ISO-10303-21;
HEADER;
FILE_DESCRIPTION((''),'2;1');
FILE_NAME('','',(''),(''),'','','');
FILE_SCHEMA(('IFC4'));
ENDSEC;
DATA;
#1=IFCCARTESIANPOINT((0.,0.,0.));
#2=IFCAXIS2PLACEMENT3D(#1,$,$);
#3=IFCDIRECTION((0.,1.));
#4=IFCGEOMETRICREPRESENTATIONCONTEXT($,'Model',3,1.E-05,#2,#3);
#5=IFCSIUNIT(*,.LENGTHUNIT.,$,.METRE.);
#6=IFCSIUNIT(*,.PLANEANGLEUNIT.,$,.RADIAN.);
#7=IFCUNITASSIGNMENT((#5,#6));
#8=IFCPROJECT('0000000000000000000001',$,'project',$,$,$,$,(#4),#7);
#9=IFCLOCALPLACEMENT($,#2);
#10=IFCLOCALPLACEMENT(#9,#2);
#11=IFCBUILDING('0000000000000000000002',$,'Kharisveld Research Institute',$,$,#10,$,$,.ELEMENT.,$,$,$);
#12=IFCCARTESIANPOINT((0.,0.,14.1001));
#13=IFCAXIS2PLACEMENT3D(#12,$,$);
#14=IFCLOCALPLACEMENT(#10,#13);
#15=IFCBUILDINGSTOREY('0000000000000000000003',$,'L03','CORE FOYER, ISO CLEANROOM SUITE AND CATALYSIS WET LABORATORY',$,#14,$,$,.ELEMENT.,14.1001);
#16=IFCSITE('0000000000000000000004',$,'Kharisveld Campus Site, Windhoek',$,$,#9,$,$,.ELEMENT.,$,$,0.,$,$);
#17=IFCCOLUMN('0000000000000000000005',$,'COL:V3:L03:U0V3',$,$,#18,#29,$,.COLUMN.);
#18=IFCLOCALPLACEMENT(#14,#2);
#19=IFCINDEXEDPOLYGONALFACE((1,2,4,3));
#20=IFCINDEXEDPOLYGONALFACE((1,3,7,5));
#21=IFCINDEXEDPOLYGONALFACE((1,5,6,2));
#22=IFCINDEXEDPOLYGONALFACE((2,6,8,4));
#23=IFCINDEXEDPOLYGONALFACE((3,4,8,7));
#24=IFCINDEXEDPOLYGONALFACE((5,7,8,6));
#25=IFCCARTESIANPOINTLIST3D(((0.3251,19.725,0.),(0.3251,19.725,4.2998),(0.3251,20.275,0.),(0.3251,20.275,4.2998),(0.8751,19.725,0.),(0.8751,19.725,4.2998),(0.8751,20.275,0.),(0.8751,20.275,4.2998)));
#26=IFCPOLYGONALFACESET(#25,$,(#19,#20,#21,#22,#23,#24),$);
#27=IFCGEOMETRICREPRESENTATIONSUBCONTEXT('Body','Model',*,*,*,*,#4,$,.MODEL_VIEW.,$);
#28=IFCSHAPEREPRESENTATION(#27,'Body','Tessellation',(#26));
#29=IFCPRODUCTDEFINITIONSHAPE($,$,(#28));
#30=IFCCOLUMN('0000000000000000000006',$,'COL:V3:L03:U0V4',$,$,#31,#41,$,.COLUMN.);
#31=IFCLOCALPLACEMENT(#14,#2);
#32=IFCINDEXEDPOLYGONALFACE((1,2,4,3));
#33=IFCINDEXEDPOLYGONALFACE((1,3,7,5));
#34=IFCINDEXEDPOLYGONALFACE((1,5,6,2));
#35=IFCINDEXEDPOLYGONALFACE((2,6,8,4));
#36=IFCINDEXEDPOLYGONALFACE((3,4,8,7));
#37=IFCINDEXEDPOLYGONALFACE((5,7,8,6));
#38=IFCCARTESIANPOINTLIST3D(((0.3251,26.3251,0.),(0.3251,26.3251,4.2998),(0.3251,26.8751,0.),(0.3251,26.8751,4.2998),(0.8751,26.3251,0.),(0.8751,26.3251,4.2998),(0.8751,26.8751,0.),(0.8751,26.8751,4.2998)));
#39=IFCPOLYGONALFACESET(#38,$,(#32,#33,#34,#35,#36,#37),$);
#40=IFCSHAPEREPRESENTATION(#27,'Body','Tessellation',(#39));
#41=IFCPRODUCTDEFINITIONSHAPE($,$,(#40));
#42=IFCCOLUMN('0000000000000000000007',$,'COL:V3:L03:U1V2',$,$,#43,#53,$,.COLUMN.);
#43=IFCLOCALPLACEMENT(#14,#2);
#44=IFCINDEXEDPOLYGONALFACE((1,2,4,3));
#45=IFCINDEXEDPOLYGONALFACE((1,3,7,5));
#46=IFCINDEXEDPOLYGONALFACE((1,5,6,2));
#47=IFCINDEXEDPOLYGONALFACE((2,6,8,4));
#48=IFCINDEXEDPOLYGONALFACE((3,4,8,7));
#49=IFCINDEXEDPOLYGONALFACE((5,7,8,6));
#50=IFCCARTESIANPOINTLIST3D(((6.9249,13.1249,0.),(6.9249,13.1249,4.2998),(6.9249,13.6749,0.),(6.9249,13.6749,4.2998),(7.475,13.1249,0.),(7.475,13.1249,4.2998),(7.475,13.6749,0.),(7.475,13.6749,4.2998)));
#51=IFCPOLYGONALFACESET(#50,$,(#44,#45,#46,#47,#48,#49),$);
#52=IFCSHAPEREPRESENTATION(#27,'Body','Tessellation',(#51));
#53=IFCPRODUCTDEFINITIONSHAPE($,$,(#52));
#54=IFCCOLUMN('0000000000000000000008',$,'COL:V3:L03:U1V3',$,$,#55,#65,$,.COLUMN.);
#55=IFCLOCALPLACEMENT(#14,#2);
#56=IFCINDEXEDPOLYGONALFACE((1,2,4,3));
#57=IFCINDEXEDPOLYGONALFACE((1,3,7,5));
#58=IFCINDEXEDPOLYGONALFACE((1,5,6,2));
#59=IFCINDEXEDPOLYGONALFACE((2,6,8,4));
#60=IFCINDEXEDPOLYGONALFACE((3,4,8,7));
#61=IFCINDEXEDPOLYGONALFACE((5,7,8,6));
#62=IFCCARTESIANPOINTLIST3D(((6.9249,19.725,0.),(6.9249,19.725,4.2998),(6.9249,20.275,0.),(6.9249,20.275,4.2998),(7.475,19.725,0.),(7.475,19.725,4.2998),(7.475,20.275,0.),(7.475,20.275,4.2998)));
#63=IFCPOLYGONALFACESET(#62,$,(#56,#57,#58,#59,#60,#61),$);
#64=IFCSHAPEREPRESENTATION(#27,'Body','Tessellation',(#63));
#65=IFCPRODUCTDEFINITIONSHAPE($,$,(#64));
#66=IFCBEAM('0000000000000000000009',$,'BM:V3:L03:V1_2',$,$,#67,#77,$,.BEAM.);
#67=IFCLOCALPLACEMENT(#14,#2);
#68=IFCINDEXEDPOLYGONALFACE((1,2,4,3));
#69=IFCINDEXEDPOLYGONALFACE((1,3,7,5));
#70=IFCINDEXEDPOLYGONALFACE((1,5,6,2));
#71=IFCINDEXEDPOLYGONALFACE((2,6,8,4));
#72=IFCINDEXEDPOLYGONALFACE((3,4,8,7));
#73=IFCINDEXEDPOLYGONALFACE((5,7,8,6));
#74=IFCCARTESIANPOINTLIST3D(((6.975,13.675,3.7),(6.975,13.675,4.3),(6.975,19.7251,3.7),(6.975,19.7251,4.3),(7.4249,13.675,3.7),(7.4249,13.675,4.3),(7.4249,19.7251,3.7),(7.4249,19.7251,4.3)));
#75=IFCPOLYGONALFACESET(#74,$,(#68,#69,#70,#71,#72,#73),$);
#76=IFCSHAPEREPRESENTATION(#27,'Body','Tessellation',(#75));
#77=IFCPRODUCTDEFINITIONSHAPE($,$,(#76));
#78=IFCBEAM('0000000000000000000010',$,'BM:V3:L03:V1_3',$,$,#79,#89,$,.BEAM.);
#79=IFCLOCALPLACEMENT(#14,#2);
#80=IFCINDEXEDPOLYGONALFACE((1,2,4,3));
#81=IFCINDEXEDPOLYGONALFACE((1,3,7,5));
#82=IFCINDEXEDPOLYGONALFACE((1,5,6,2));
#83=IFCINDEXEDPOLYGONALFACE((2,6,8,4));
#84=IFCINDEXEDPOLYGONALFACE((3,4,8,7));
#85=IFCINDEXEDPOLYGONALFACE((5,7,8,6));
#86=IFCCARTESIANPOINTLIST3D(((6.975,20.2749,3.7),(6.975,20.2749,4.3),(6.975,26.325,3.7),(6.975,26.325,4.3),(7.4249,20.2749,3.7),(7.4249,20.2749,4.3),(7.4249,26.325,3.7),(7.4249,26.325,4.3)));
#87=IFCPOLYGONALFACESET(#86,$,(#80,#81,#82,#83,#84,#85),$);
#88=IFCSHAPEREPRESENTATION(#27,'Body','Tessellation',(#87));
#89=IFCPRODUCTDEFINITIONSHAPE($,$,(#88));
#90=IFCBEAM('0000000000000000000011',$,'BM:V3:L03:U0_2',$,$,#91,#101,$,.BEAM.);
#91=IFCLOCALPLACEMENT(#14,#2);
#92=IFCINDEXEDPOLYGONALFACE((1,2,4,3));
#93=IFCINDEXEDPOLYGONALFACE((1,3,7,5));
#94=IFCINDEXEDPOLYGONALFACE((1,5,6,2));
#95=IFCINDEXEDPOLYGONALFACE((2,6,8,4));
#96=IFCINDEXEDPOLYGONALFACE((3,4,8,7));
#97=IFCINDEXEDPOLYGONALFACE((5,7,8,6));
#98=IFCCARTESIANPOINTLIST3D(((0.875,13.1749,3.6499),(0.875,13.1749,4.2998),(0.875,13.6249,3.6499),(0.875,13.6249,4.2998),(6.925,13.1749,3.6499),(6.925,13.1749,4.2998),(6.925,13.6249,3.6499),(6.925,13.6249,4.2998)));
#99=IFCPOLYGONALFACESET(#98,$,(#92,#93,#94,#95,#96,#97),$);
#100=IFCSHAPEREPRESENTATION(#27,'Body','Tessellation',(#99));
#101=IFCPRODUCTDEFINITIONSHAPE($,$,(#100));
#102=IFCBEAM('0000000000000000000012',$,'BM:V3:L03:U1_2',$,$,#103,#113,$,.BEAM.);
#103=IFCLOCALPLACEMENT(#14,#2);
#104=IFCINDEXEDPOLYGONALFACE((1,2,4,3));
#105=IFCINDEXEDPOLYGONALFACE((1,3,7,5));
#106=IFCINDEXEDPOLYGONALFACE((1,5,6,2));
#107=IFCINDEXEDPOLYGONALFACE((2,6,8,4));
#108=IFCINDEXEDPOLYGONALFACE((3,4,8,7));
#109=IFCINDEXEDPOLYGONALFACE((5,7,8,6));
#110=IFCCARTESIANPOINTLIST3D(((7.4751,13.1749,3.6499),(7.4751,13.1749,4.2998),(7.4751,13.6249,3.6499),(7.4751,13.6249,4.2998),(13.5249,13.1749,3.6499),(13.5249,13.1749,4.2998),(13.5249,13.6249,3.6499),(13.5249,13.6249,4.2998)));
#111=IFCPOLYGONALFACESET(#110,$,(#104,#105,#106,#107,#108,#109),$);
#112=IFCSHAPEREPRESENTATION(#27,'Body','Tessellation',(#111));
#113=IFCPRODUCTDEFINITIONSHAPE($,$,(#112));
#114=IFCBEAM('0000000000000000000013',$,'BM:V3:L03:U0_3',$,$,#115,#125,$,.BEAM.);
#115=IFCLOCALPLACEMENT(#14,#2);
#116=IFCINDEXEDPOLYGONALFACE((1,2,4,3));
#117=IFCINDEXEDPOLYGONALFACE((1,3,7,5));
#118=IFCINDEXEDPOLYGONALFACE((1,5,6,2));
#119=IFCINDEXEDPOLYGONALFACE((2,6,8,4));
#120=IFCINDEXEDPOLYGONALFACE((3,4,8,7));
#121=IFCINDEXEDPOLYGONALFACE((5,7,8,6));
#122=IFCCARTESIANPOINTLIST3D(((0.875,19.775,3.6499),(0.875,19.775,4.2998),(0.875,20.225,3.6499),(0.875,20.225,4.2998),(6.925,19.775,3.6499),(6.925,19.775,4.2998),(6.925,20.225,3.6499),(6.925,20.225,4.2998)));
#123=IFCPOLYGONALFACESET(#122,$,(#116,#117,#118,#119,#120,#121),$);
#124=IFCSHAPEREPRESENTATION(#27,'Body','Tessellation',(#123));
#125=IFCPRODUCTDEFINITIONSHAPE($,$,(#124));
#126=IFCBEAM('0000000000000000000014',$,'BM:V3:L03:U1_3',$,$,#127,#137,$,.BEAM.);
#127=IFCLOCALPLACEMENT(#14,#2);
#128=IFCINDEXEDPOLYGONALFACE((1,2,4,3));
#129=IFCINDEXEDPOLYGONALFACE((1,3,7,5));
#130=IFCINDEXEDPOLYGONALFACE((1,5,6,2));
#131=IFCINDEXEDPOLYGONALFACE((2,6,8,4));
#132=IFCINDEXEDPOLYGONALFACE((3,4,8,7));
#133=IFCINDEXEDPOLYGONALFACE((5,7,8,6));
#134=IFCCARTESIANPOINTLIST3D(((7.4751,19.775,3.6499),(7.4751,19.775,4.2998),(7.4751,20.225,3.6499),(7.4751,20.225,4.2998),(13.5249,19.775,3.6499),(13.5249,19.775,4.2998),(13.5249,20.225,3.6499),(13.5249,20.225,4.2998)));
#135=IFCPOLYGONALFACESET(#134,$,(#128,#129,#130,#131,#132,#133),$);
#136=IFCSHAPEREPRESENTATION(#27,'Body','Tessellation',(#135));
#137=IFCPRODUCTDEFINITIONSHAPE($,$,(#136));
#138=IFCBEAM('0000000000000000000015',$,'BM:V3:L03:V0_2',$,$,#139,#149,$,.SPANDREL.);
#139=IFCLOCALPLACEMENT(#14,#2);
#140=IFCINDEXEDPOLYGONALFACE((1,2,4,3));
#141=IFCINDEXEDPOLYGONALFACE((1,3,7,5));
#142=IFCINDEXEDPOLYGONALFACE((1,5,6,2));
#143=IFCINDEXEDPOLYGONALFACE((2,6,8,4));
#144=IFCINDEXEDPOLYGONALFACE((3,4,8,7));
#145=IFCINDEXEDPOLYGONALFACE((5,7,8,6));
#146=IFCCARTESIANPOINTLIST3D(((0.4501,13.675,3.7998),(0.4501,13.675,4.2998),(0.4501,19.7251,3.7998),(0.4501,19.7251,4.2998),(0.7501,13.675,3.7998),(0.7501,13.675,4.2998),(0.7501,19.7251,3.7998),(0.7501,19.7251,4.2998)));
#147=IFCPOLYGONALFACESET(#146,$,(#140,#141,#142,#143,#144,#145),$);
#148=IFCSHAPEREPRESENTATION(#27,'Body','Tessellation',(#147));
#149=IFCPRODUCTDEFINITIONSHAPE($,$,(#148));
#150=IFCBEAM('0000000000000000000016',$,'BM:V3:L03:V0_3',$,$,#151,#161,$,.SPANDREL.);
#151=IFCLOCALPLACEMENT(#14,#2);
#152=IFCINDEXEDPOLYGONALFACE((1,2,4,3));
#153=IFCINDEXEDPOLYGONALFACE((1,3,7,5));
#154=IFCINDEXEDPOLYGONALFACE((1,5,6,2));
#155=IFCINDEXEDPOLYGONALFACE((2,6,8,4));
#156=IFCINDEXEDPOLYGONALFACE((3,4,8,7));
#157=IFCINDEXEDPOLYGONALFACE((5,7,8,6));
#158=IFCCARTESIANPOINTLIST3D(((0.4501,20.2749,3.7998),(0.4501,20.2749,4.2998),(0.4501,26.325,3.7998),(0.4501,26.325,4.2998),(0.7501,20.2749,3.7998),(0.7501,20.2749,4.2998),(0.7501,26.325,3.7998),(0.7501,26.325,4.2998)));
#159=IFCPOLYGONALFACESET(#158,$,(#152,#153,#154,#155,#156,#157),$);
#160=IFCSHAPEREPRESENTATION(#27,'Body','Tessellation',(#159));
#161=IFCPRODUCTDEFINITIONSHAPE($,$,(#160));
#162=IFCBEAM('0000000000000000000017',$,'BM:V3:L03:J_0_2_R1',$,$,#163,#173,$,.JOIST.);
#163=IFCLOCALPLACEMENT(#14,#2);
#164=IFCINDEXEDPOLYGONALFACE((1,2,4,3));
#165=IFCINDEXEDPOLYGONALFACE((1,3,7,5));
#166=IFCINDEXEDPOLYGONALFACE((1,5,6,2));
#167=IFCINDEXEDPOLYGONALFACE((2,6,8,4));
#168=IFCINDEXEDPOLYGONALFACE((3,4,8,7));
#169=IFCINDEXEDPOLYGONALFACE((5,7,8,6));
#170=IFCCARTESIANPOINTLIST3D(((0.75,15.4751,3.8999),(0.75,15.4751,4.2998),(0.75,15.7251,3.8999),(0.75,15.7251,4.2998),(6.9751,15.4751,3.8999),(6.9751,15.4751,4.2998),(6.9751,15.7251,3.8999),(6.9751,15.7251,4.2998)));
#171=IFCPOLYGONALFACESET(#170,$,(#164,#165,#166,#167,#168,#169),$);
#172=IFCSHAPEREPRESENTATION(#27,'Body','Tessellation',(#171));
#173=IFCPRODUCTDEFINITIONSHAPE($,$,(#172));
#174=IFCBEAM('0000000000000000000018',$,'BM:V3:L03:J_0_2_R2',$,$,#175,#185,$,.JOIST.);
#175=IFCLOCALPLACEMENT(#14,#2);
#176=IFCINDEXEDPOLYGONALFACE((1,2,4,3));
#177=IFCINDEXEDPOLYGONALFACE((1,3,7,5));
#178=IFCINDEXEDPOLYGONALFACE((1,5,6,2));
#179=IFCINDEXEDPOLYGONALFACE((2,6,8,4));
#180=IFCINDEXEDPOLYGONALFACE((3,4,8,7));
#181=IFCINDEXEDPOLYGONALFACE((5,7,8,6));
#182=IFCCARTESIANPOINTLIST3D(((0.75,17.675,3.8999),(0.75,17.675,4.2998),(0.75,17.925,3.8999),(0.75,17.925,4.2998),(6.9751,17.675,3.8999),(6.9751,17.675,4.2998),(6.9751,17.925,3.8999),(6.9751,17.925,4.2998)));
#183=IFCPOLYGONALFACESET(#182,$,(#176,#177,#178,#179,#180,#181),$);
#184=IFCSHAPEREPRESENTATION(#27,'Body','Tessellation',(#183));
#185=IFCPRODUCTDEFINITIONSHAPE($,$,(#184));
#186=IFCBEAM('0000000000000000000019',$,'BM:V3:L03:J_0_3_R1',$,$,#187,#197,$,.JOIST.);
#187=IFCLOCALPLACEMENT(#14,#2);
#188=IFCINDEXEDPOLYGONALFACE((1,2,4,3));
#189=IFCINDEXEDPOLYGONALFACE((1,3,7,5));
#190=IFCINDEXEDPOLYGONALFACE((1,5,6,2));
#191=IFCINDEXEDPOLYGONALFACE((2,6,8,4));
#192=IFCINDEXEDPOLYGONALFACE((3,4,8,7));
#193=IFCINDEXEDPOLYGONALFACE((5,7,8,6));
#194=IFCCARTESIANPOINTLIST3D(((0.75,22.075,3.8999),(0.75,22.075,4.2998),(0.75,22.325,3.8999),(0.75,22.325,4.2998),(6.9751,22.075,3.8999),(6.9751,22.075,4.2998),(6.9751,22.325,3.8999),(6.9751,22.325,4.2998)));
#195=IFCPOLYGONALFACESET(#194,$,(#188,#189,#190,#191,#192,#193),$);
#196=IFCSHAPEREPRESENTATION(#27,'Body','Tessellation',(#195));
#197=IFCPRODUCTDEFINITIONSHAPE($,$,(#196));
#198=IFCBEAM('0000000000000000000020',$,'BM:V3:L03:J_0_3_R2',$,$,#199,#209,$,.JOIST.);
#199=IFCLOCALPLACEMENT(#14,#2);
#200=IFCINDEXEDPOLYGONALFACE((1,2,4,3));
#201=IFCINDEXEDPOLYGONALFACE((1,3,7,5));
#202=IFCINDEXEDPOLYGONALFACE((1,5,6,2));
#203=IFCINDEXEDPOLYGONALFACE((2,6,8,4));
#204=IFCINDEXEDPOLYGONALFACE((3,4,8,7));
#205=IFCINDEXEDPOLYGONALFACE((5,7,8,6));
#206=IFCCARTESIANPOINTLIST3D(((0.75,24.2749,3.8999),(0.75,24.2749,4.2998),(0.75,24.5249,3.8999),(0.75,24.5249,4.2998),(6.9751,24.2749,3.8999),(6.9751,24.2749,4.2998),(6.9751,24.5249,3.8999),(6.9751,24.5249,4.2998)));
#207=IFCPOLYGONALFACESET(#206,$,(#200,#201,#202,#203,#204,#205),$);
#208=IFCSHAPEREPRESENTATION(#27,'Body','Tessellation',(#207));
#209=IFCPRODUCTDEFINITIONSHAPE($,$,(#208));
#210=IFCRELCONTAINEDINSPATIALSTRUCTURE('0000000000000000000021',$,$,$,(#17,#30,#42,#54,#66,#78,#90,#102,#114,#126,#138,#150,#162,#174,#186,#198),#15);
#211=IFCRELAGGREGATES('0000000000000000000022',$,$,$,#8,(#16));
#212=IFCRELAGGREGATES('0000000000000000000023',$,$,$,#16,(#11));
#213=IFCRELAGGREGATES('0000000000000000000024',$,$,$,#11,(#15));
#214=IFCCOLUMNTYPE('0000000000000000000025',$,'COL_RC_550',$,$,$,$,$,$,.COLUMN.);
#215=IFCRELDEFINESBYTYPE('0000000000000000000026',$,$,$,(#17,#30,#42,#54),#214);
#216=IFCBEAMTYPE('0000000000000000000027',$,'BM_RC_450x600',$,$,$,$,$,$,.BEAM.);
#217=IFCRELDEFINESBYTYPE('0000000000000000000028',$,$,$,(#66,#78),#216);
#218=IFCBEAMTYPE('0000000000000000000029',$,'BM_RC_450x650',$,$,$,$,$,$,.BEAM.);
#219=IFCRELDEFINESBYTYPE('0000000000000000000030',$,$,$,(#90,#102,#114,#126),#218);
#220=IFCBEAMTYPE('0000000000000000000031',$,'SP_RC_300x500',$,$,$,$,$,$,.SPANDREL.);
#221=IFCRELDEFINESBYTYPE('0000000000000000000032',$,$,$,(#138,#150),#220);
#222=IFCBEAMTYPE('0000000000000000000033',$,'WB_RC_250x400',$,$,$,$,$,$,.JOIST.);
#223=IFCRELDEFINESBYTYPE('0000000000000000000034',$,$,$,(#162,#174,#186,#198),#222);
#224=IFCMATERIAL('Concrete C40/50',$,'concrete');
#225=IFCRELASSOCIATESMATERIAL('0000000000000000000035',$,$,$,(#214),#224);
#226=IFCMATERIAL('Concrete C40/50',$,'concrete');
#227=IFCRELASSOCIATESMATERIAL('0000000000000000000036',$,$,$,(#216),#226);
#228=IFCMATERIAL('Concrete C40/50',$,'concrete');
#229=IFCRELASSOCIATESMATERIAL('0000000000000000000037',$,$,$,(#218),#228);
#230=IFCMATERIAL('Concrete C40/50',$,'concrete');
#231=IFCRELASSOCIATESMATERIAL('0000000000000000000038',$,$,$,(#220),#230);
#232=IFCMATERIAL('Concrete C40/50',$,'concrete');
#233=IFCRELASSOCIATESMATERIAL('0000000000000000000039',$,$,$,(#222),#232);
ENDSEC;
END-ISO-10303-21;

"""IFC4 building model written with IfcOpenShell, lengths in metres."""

from ifc_helpers import new_model, si_unit, direction, frame, origin, origin_2d, place, context, subcontext, project, spatial, rectangle, extrude, material, material_profile, profile_set, type_object, element, save


model = new_model("IFC4")

# Units and contexts
model_context = context("Model", 3, precision=1e-05, world=origin(), true_north=direction((0.0, 1.0)))
body_context = subcontext(model_context, "Body", "Model", "MODEL_VIEW")
ifc_project = project(units=[si_unit("LENGTHUNIT", "METRE"), si_unit("PLANEANGLEUNIT", "RADIAN")], contexts=[model_context])

# Site, building, storey
site_placement = place(None, origin())
site = spatial("IfcSite", under=ifc_project, at=site_placement, Name="Kharisveld Campus Site, Windhoek", CompositionType="ELEMENT", RefElevation=0.0)
building_placement = place(site_placement, origin())
building = spatial("IfcBuilding", under=site, at=building_placement, Name="Kharisveld Research Institute", CompositionType="ELEMENT")
storey_placement = place(building_placement, frame((0.0, 0.0, 14.1001)))
storey = spatial("IfcBuildingStorey", under=building, at=storey_placement, Name="L03", Description="CORE FOYER, ISO CLEANROOM SUITE AND CATALYSIS WET LABORATORY", CompositionType="ELEMENT", Elevation=14.1001)

# Columns
ifc_material_1 = material(Name="Concrete C40/50", Category="concrete")
ifc_material_profile_1 = material_profile(ifc_material_1, rectangle(XDim=0.55, YDim=0.55, at=origin_2d()))
ifc_profile_set_1 = profile_set([ifc_material_profile_1], Name="Concrete C40/50")
column_type = type_object("IfcColumnType", Name="COL_RC_550", PredefinedType="COLUMN", material=ifc_profile_set_1)
for number, where, z_axis, x_axis, name in (
    (1, (0.6001, 20.0, 0.0), (0.0, 0.0, 1.0), (1.0, 0.0, 0.0), "COL:V3:L03:U0V3"),
    (2, (0.6001, 26.6001, 0.0), (0.0, 0.0, 1.0), (1.0, 0.0, 0.0), "COL:V3:L03:U0V4"),
    (3, (7.2, 13.3999, 0.0), (0.0, 0.0, 1.0), (1.0, 0.0, 0.0), "COL:V3:L03:U1V2"),
    (4, (7.2, 20.0, 0.0), (0.0, 0.0, 1.0), (1.0, 0.0, 0.0), "COL:V3:L03:U1V3"),
):
    element("IfcColumn", number, at=place(storey_placement, frame(where, z_axis=z_axis, x_axis=x_axis)), inside=storey, type_object=column_type, Name=name, PredefinedType="COLUMN", context=body_context, shape_type="SweptSolid", body=[
        extrude(rectangle(XDim=0.55, YDim=0.55, at=origin_2d()), origin(), (0.0, 0.0, 1.0), 4.2998),
    ])

# Beams
ifc_material_2 = material(Name="Concrete C40/50", Category="concrete")
ifc_material_profile_2 = material_profile(ifc_material_2, rectangle(XDim=0.45, YDim=0.6001, at=origin_2d()))
ifc_profile_set_2 = profile_set([ifc_material_profile_2], Name="Concrete C40/50")
beam_type_1 = type_object("IfcBeamType", Name="BM_RC_450x600", PredefinedType="BEAM", material=ifc_profile_set_2)
for number, where, z_axis, x_axis, name in (
    (5, (7.2, 13.675, 4.0), (0.0, 1.0, 0.0), (-1.0, 0.0, 0.0), "BM:V3:L03:V1_2"),
    (6, (7.2, 20.2749, 4.0), (0.0, 1.0, 0.0), (-1.0, 0.0, 0.0), "BM:V3:L03:V1_3"),
):
    element("IfcBeam", number, at=place(storey_placement, frame(where, z_axis=z_axis, x_axis=x_axis)), inside=storey, type_object=beam_type_1, Name=name, PredefinedType="BEAM", context=body_context, shape_type="SweptSolid", body=[
        extrude(rectangle(XDim=0.45, YDim=0.6001, at=origin_2d()), origin(), (0.0, 0.0, 1.0), 6.05),
    ])
ifc_material_3 = material(Name="Concrete C40/50", Category="concrete")
ifc_material_profile_3 = material_profile(ifc_material_3, rectangle(XDim=0.45, YDim=0.6499, at=origin_2d()))
ifc_profile_set_3 = profile_set([ifc_material_profile_3], Name="Concrete C40/50")
beam_type_2 = type_object("IfcBeamType", Name="BM_RC_450x650", PredefinedType="BEAM", material=ifc_profile_set_3)
beam_1_placement = place(storey_placement, frame((0.875, 13.3999, 3.9749), z_axis=(1.0, 0.0, 0.0), x_axis=(0.0, 1.0, 0.0)))
element("IfcBeam", 7, at=beam_1_placement, inside=storey, type_object=beam_type_2, Name="BM:V3:L03:U0_2", PredefinedType="BEAM", context=body_context, shape_type="SweptSolid", body=[
    extrude(rectangle(XDim=0.45, YDim=0.6499, at=origin_2d()), origin(), (0.0, 0.0, 1.0), 6.05),
])
beam_2_placement = place(storey_placement, frame((7.4751, 13.3999, 3.9749), z_axis=(1.0, 0.0, 0.0), x_axis=(0.0, 1.0, 0.0)))
element("IfcBeam", 8, at=beam_2_placement, inside=storey, type_object=beam_type_2, Name="BM:V3:L03:U1_2", PredefinedType="BEAM", context=body_context, shape_type="SweptSolid", body=[
    extrude(rectangle(XDim=0.45, YDim=0.6499, at=origin_2d()), origin(), (0.0, 0.0, 1.0), 6.0498),
])
beam_3_placement = place(storey_placement, frame((0.875, 20.0, 3.9749), z_axis=(1.0, 0.0, 0.0), x_axis=(0.0, 1.0, 0.0)))
element("IfcBeam", 9, at=beam_3_placement, inside=storey, type_object=beam_type_2, Name="BM:V3:L03:U0_3", PredefinedType="BEAM", context=body_context, shape_type="SweptSolid", body=[
    extrude(rectangle(XDim=0.45, YDim=0.6499, at=origin_2d()), origin(), (0.0, 0.0, 1.0), 6.05),
])
beam_4_placement = place(storey_placement, frame((7.4751, 20.0, 3.9749), z_axis=(1.0, 0.0, 0.0), x_axis=(0.0, 1.0, 0.0)))
element("IfcBeam", 10, at=beam_4_placement, inside=storey, type_object=beam_type_2, Name="BM:V3:L03:U1_3", PredefinedType="BEAM", context=body_context, shape_type="SweptSolid", body=[
    extrude(rectangle(XDim=0.45, YDim=0.6499, at=origin_2d()), origin(), (0.0, 0.0, 1.0), 6.0498),
])
ifc_material_4 = material(Name="Concrete C40/50", Category="concrete")
ifc_material_profile_4 = material_profile(ifc_material_4, rectangle(XDim=0.3, YDim=0.5, at=origin_2d()))
ifc_profile_set_4 = profile_set([ifc_material_profile_4], Name="Concrete C40/50")
beam_type_3 = type_object("IfcBeamType", Name="SP_RC_300x500", PredefinedType="SPANDREL", material=ifc_profile_set_4)
for number, where, z_axis, x_axis, name in (
    (11, (0.6001, 13.675, 4.0498), (0.0, 1.0, 0.0), (-1.0, 0.0, 0.0), "BM:V3:L03:V0_2"),
    (12, (0.6001, 20.2749, 4.0498), (0.0, 1.0, 0.0), (-1.0, 0.0, 0.0), "BM:V3:L03:V0_3"),
):
    element("IfcBeam", number, at=place(storey_placement, frame(where, z_axis=z_axis, x_axis=x_axis)), inside=storey, type_object=beam_type_3, Name=name, PredefinedType="SPANDREL", context=body_context, shape_type="SweptSolid", body=[
        extrude(rectangle(XDim=0.3, YDim=0.5, at=origin_2d()), origin(), (0.0, 0.0, 1.0), 6.05),
    ])
ifc_material_5 = material(Name="Concrete C40/50", Category="concrete")
ifc_material_profile_5 = material_profile(ifc_material_5, rectangle(XDim=0.25, YDim=0.3999, at=origin_2d()))
ifc_profile_set_5 = profile_set([ifc_material_profile_5], Name="Concrete C40/50")
beam_type_4 = type_object("IfcBeamType", Name="WB_RC_250x400", PredefinedType="JOIST", material=ifc_profile_set_5)
for number, where, z_axis, x_axis, name in (
    (13, (0.75, 15.6001, 4.0999), (1.0, 0.0, 0.0), (0.0, 1.0, 0.0), "BM:V3:L03:J_0_2_R1"),
    (14, (0.75, 17.8, 4.0999), (1.0, 0.0, 0.0), (0.0, 1.0, 0.0), "BM:V3:L03:J_0_2_R2"),
    (15, (0.75, 22.2, 4.0999), (1.0, 0.0, 0.0), (0.0, 1.0, 0.0), "BM:V3:L03:J_0_3_R1"),
    (16, (0.75, 24.3999, 4.0999), (1.0, 0.0, 0.0), (0.0, 1.0, 0.0), "BM:V3:L03:J_0_3_R2"),
):
    element("IfcBeam", number, at=place(storey_placement, frame(where, z_axis=z_axis, x_axis=x_axis)), inside=storey, type_object=beam_type_4, Name=name, PredefinedType="JOIST", context=body_context, shape_type="SweptSolid", body=[
        extrude(rectangle(XDim=0.25, YDim=0.3999, at=origin_2d()), origin(), (0.0, 0.0, 1.0), 6.2251),
    ])

save(model, "model.ifc")
